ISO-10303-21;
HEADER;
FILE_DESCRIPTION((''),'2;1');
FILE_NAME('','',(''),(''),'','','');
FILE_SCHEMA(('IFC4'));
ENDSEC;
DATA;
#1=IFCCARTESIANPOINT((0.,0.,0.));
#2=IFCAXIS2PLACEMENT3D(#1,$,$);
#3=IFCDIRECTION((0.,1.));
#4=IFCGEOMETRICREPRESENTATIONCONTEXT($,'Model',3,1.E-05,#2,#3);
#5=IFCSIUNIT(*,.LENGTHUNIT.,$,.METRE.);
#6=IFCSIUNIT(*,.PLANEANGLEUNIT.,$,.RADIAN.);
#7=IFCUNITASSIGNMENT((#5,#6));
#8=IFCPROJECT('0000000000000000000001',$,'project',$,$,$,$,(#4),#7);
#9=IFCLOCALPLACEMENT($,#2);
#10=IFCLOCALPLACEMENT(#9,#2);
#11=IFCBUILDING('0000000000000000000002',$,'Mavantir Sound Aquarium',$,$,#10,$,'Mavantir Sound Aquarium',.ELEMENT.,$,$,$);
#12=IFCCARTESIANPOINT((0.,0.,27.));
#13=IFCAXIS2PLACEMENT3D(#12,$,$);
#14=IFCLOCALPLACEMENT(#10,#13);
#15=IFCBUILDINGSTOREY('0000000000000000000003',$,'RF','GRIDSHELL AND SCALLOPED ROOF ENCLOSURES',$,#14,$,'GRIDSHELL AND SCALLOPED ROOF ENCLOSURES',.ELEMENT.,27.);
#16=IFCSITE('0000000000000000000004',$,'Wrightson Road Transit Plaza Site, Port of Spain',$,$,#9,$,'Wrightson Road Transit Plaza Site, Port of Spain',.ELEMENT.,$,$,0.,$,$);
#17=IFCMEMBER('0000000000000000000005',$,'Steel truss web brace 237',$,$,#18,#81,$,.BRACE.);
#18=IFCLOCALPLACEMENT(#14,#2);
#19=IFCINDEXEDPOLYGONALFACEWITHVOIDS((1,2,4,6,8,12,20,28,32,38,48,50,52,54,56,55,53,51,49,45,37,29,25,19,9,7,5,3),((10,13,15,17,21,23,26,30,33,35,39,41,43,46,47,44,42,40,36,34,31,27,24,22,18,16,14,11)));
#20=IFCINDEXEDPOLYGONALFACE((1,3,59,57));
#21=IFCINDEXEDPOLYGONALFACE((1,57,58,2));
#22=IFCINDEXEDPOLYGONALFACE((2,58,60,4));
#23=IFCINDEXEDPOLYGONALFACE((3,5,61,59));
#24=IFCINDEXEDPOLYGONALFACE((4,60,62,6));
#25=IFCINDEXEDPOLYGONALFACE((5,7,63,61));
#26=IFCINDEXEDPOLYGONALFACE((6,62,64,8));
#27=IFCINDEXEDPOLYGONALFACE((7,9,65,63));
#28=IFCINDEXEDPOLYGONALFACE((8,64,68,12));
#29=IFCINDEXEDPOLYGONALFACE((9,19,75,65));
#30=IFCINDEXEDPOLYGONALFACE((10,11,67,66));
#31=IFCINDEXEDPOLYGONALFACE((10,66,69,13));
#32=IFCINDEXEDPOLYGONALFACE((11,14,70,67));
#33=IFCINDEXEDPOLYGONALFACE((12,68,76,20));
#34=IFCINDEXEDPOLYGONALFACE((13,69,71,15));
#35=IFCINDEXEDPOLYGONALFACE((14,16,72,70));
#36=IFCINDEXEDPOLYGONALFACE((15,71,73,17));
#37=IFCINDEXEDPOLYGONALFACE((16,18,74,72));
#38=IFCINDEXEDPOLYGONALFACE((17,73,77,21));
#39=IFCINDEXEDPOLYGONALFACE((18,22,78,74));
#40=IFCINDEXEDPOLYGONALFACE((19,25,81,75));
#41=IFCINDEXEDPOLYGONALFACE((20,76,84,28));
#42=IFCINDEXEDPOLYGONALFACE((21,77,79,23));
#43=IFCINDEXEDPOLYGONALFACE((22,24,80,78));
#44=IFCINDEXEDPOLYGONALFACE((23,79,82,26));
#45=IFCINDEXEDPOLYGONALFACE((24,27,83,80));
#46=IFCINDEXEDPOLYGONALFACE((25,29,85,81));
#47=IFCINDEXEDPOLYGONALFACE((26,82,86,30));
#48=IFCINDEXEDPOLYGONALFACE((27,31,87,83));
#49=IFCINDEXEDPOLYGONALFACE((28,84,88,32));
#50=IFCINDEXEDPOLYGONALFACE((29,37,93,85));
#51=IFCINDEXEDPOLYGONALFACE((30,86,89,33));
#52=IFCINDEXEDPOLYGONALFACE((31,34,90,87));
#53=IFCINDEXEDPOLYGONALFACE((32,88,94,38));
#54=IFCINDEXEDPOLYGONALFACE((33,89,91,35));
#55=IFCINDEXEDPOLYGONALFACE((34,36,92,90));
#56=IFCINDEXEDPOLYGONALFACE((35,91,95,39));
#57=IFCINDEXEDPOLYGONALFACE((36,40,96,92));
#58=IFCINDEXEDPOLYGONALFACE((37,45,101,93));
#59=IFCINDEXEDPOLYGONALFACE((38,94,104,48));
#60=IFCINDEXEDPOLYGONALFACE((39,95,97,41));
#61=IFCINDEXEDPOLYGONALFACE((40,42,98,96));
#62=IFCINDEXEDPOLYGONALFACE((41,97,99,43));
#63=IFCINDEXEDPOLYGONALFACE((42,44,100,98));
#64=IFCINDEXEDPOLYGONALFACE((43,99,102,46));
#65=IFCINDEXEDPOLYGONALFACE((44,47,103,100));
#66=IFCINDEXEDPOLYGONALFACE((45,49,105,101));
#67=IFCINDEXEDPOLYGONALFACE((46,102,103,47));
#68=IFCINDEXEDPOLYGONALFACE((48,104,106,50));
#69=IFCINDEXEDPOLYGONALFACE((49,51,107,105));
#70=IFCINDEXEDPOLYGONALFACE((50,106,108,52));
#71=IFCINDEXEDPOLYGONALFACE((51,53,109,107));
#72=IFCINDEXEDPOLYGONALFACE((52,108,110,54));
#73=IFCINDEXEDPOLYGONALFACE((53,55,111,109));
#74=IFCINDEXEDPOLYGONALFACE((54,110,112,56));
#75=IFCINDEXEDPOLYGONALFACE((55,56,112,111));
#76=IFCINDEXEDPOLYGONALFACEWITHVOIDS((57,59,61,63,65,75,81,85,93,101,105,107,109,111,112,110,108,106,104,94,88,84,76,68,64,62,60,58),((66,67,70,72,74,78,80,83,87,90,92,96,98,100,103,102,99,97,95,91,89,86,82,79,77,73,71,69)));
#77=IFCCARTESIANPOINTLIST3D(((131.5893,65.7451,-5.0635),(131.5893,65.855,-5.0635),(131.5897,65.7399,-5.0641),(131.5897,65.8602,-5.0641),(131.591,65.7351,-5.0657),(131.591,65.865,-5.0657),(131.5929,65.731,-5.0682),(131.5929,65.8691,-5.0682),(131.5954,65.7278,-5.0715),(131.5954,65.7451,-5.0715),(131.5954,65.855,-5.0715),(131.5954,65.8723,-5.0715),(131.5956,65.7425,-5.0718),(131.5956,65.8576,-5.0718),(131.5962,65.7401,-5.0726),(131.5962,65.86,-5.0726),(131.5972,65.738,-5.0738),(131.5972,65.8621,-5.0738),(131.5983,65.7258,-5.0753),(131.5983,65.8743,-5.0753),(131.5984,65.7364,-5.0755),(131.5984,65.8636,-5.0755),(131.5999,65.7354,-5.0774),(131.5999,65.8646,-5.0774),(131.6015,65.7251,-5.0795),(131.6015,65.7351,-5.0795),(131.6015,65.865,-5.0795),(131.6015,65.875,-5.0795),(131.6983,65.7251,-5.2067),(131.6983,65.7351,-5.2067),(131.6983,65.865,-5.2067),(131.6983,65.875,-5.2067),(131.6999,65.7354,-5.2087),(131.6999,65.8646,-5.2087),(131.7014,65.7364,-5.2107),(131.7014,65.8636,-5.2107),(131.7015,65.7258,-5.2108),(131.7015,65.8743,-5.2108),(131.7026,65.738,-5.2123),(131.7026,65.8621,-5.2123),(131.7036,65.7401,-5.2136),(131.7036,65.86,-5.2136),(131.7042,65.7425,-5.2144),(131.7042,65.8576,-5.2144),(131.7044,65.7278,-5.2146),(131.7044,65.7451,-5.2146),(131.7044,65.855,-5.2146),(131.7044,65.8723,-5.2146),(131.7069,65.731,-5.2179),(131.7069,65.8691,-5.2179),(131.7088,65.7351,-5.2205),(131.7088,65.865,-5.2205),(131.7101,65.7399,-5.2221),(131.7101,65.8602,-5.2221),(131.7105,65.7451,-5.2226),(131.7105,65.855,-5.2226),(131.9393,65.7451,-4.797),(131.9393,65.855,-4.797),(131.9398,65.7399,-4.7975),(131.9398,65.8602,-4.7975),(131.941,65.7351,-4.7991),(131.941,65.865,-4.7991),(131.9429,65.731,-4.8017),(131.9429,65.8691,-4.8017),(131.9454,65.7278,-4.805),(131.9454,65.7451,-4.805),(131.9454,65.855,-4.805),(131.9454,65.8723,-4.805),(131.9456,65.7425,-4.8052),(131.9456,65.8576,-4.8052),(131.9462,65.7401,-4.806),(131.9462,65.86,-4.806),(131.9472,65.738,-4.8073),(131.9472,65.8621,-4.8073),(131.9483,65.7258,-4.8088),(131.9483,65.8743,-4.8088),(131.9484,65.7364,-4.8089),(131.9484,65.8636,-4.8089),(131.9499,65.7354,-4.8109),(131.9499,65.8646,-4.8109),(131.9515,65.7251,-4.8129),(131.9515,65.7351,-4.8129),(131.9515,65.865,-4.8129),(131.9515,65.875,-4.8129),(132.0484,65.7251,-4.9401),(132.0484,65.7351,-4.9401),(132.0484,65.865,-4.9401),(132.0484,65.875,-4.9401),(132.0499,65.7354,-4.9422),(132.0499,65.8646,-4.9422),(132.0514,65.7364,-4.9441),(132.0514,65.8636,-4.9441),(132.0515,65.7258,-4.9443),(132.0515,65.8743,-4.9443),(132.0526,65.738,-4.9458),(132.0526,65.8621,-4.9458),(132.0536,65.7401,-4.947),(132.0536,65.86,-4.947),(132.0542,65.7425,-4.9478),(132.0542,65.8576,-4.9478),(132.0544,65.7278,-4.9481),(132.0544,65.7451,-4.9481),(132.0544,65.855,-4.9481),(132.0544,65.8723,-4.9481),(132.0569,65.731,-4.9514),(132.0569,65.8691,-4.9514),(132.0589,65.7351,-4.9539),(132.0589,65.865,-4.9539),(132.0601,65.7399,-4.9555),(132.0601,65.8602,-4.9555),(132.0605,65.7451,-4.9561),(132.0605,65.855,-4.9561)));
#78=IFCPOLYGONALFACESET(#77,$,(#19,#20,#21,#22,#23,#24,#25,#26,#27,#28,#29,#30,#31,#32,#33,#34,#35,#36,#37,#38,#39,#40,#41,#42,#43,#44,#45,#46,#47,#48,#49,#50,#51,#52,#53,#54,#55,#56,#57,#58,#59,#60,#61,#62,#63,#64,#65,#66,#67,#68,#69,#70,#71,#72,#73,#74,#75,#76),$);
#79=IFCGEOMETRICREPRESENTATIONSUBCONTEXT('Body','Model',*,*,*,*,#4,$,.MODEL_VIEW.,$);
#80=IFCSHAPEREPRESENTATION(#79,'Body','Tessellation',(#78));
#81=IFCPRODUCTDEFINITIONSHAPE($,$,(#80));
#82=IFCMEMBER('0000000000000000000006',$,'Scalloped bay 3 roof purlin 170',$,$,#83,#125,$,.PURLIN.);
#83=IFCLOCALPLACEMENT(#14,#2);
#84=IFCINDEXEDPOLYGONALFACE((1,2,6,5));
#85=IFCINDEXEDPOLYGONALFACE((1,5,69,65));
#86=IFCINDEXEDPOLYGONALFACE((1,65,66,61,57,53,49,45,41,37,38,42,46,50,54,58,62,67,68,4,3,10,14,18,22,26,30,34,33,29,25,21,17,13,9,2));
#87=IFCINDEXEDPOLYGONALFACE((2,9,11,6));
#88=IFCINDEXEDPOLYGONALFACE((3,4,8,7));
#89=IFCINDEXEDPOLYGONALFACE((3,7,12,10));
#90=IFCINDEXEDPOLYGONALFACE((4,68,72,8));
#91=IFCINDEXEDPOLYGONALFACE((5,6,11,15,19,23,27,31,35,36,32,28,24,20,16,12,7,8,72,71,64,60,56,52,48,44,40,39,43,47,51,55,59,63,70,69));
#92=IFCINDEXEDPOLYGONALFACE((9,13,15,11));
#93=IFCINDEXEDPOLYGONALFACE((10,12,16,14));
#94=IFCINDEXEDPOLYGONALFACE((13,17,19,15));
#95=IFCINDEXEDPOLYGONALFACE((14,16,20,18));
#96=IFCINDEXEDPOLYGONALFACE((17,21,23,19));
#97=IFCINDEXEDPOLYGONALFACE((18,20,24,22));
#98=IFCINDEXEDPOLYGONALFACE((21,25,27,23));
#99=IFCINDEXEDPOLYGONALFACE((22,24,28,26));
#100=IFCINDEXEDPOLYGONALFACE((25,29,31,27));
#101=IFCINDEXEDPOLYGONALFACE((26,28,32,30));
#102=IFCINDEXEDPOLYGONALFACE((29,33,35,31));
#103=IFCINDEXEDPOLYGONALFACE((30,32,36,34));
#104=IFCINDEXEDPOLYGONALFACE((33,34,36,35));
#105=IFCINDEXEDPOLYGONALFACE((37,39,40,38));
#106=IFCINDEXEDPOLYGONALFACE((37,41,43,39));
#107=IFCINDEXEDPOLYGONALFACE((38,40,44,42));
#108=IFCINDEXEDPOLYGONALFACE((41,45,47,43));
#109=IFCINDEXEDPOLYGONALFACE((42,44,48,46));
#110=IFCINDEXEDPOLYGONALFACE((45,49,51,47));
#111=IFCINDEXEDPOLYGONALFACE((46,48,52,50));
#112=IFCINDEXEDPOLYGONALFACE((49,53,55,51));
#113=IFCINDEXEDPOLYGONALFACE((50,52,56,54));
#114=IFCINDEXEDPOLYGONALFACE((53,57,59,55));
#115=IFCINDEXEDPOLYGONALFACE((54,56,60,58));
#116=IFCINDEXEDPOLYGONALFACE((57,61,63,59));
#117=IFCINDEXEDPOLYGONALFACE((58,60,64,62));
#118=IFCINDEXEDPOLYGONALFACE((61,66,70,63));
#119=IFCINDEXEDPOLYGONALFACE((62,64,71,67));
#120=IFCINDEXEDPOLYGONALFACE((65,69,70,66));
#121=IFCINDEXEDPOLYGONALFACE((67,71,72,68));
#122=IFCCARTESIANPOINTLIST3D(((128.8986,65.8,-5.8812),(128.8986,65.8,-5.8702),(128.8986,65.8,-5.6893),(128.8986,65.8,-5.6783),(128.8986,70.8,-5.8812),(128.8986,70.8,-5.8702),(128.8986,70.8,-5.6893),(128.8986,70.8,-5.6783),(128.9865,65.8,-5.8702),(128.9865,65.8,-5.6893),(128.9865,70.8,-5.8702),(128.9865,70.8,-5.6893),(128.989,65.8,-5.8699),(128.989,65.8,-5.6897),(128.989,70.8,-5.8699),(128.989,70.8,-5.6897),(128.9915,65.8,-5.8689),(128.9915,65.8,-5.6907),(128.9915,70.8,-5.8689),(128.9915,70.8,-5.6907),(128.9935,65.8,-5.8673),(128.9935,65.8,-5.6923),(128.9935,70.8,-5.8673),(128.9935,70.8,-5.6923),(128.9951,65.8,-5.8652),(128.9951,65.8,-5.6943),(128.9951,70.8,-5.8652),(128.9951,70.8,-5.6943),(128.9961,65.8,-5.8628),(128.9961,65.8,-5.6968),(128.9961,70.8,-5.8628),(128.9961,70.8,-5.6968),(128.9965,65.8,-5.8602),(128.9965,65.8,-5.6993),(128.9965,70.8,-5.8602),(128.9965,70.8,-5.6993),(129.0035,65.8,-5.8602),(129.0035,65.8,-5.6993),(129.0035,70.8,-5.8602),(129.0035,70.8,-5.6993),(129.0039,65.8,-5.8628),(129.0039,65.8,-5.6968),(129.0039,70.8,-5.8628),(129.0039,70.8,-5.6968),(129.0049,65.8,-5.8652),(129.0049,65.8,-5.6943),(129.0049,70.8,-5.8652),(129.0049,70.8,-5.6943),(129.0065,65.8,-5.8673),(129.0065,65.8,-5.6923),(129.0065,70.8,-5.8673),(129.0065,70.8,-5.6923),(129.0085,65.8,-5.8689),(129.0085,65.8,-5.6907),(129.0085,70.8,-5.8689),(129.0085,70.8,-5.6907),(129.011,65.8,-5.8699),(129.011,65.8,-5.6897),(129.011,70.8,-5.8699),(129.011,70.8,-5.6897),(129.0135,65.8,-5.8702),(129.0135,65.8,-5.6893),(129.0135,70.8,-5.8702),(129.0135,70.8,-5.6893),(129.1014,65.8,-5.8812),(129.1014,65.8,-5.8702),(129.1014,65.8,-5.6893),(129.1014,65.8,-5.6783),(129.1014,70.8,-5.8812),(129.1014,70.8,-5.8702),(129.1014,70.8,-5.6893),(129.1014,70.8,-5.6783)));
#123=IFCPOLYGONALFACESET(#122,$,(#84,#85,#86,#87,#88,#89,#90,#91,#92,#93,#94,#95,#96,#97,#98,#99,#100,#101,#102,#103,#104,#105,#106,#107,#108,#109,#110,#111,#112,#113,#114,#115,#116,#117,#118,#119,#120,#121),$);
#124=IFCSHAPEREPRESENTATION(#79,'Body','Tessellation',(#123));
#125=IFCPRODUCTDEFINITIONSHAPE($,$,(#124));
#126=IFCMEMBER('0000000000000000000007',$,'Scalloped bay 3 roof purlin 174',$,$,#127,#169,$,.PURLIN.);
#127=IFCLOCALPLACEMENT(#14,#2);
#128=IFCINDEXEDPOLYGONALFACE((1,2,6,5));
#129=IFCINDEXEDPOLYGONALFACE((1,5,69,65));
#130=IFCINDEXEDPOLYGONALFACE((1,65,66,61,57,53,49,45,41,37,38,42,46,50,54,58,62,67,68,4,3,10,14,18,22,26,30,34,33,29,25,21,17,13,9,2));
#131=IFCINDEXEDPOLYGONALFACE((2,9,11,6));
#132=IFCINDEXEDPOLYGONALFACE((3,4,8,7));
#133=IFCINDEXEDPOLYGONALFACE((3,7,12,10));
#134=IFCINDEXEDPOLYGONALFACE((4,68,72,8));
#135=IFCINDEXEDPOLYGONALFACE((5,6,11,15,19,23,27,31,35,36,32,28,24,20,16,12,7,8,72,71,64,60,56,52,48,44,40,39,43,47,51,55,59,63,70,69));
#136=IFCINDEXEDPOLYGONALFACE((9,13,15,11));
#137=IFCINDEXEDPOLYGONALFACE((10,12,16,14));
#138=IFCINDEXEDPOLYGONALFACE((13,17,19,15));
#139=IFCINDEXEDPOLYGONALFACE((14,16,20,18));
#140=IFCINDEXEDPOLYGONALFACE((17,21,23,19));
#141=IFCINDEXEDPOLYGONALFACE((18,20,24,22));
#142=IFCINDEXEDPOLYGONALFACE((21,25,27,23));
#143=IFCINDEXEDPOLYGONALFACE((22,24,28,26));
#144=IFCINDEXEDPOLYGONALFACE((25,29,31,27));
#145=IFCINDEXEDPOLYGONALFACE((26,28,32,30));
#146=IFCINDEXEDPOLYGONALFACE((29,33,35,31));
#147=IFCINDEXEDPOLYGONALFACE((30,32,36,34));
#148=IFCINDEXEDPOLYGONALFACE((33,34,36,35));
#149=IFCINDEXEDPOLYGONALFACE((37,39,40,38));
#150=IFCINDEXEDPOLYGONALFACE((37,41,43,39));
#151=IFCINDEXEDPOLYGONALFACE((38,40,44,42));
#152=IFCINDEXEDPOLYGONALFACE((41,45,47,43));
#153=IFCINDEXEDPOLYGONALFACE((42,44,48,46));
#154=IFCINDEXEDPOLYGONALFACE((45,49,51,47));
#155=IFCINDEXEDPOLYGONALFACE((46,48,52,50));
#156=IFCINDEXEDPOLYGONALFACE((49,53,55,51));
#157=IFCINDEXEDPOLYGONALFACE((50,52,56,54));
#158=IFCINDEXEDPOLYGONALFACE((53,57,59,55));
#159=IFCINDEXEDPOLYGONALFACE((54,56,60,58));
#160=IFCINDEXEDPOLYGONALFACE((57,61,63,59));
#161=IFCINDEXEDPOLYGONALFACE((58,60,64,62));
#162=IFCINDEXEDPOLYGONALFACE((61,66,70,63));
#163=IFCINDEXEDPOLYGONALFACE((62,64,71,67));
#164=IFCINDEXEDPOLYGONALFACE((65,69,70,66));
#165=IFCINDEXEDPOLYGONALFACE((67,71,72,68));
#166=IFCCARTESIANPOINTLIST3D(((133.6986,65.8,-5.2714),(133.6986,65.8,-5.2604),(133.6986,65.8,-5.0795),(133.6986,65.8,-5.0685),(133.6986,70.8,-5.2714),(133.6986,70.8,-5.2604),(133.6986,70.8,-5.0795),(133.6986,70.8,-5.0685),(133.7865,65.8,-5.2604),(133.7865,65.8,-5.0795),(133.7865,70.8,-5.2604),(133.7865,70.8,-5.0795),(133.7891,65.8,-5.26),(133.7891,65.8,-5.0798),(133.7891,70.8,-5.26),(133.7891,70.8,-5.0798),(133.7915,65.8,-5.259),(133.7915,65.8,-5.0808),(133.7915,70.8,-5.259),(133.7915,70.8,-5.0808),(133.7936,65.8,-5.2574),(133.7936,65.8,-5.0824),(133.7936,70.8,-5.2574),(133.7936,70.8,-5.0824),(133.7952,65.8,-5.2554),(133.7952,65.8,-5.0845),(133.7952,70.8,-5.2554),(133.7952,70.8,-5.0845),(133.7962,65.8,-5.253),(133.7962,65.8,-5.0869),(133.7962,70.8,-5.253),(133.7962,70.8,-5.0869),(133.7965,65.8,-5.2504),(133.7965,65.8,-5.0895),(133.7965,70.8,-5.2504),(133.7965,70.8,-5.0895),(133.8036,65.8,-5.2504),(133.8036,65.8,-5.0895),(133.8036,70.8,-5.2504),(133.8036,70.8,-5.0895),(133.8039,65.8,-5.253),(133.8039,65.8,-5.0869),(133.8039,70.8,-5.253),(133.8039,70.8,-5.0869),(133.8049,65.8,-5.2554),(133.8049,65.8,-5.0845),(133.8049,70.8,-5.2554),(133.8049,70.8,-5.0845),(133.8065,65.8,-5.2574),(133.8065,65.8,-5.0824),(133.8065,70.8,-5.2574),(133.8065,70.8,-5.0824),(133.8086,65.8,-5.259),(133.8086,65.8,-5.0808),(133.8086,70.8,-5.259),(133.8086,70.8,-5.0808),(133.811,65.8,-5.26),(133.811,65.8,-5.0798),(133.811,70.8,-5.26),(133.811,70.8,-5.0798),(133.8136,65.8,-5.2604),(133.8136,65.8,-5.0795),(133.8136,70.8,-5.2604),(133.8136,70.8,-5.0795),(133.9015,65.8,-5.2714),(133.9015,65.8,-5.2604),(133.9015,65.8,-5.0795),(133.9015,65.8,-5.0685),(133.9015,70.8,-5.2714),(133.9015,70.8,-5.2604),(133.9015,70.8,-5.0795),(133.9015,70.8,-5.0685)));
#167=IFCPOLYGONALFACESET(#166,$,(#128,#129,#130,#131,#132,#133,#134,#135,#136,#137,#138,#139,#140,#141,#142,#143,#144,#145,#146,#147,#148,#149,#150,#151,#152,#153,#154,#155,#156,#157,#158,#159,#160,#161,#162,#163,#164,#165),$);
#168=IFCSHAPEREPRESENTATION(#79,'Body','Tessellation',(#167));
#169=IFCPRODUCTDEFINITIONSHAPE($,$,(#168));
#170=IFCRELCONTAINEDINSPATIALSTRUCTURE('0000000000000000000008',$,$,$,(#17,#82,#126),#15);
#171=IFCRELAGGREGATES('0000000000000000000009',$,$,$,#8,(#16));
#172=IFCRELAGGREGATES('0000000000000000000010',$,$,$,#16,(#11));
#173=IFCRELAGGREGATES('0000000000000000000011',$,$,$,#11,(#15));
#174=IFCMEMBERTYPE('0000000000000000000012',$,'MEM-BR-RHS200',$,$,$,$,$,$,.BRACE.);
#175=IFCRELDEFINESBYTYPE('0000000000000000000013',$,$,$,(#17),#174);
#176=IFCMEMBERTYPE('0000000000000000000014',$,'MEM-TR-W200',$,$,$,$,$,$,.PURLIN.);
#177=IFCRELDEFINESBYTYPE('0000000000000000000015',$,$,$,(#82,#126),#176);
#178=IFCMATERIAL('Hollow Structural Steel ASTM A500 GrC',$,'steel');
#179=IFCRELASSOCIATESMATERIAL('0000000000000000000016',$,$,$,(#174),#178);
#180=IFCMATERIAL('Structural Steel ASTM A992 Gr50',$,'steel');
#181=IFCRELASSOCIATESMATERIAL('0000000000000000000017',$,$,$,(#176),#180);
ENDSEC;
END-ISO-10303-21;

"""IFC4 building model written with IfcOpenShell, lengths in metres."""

from ifc_helpers import new_model, si_unit, direction, frame, origin, origin_2d, place, context, subcontext, project, spatial, hollow_rectangle, i_section, extrude, material, material_profile, profile_set, type_object, element, save


model = new_model("IFC4")

# Units and contexts
model_context = context("Model", 3, precision=1e-05, world=origin(), true_north=direction((0.0, 1.0)))
body_context = subcontext(model_context, "Body", "Model", "MODEL_VIEW")
ifc_project = project(units=[si_unit("LENGTHUNIT", "METRE"), si_unit("PLANEANGLEUNIT", "RADIAN")], contexts=[model_context])

# Site, building, storey
site_placement = place(None, origin())
site = spatial("IfcSite", under=ifc_project, at=site_placement, Name="Wrightson Road Transit Plaza Site, Port of Spain", LongName="Wrightson Road Transit Plaza Site, Port of Spain", CompositionType="ELEMENT", RefElevation=0.0)
building_placement = place(site_placement, origin())
building = spatial("IfcBuilding", under=site, at=building_placement, Name="Mavantir Sound Aquarium", LongName="Mavantir Sound Aquarium", CompositionType="ELEMENT")
storey_placement = place(building_placement, frame((0.0, 0.0, 27.0)))
storey = spatial("IfcBuildingStorey", under=building, at=storey_placement, Name="RF", Description="GRIDSHELL AND SCALLOPED ROOF ENCLOSURES", LongName="GRIDSHELL AND SCALLOPED ROOF ENCLOSURES", CompositionType="ELEMENT", Elevation=27.0)

# Shared definitions
ifc_material_1 = material(Name="Structural Steel ASTM A992 Gr50", Category="steel")

# Members
ifc_material_2 = material(Name="Hollow Structural Steel ASTM A500 GrC", Category="steel")
ifc_material_profile_1 = material_profile(ifc_material_2, hollow_rectangle(XDim=0.1499, YDim=0.2, WallThickness=0.01, InnerFilletRadius=0.01, OuterFilletRadius=0.02, at=origin_2d()), Name="RHS 200X150X10")
ifc_profile_set_1 = profile_set([ifc_material_profile_1], Name="Hollow Structural Steel ASTM A500 GrC")
member_type_1 = type_object("IfcMemberType", Name="MEM-BR-RHS200", PredefinedType="BRACE", material=ifc_profile_set_1)
member_1_placement = place(storey_placement, frame((131.6499, 65.8, -5.1431), z_axis=(0.795585, 0.0, 0.605843), x_axis=(0.0, 1.0, 0.0)))
element("IfcMember", 1, at=member_1_placement, inside=storey, type_object=member_type_1, Name="Steel truss web brace 237", PredefinedType="BRACE", context=body_context, shape_type="SweptSolid", body=[
    extrude(hollow_rectangle(XDim=0.1499, YDim=0.2, WallThickness=0.01, InnerFilletRadius=0.01, OuterFilletRadius=0.02, at=origin_2d()), origin(), (0.0, 0.0, 1.0), 0.4399),
])
ifc_material_profile_2 = material_profile(ifc_material_1, i_section(OverallWidth=0.2029, OverallDepth=0.2029, WebThickness=0.0071, FlangeThickness=0.011, FilletRadius=0.01, at=origin_2d()), Name="W200X46")
ifc_profile_set_2 = profile_set([ifc_material_profile_2], Name="Structural Steel ASTM A992 Gr50")
member_type_2 = type_object("IfcMemberType", Name="MEM-TR-W200", PredefinedType="PURLIN", material=ifc_profile_set_2)
for number, where, z_axis, x_axis, name in (
    (2, (129.0, 65.8, -5.7798), (0.0, 1.0, 0.0), (-1.0, 0.0, 0.0), "Scalloped bay 3 roof purlin 170"),
    (3, (133.8, 65.8, -5.1699), (0.0, 1.0, 0.0), (-1.0, 0.0, 0.0), "Scalloped bay 3 roof purlin 174"),
):
    element("IfcMember", number, at=place(storey_placement, frame(where, z_axis=z_axis, x_axis=x_axis)), inside=storey, type_object=member_type_2, Name=name, PredefinedType="PURLIN", context=body_context, shape_type="SweptSolid", body=[
        extrude(i_section(OverallWidth=0.2029, OverallDepth=0.2029, WebThickness=0.0071, FlangeThickness=0.011, FilletRadius=0.01, at=origin_2d()), origin(), (0.0, 0.0, 1.0), 5.0),
    ])

save(model, "model.ifc")
